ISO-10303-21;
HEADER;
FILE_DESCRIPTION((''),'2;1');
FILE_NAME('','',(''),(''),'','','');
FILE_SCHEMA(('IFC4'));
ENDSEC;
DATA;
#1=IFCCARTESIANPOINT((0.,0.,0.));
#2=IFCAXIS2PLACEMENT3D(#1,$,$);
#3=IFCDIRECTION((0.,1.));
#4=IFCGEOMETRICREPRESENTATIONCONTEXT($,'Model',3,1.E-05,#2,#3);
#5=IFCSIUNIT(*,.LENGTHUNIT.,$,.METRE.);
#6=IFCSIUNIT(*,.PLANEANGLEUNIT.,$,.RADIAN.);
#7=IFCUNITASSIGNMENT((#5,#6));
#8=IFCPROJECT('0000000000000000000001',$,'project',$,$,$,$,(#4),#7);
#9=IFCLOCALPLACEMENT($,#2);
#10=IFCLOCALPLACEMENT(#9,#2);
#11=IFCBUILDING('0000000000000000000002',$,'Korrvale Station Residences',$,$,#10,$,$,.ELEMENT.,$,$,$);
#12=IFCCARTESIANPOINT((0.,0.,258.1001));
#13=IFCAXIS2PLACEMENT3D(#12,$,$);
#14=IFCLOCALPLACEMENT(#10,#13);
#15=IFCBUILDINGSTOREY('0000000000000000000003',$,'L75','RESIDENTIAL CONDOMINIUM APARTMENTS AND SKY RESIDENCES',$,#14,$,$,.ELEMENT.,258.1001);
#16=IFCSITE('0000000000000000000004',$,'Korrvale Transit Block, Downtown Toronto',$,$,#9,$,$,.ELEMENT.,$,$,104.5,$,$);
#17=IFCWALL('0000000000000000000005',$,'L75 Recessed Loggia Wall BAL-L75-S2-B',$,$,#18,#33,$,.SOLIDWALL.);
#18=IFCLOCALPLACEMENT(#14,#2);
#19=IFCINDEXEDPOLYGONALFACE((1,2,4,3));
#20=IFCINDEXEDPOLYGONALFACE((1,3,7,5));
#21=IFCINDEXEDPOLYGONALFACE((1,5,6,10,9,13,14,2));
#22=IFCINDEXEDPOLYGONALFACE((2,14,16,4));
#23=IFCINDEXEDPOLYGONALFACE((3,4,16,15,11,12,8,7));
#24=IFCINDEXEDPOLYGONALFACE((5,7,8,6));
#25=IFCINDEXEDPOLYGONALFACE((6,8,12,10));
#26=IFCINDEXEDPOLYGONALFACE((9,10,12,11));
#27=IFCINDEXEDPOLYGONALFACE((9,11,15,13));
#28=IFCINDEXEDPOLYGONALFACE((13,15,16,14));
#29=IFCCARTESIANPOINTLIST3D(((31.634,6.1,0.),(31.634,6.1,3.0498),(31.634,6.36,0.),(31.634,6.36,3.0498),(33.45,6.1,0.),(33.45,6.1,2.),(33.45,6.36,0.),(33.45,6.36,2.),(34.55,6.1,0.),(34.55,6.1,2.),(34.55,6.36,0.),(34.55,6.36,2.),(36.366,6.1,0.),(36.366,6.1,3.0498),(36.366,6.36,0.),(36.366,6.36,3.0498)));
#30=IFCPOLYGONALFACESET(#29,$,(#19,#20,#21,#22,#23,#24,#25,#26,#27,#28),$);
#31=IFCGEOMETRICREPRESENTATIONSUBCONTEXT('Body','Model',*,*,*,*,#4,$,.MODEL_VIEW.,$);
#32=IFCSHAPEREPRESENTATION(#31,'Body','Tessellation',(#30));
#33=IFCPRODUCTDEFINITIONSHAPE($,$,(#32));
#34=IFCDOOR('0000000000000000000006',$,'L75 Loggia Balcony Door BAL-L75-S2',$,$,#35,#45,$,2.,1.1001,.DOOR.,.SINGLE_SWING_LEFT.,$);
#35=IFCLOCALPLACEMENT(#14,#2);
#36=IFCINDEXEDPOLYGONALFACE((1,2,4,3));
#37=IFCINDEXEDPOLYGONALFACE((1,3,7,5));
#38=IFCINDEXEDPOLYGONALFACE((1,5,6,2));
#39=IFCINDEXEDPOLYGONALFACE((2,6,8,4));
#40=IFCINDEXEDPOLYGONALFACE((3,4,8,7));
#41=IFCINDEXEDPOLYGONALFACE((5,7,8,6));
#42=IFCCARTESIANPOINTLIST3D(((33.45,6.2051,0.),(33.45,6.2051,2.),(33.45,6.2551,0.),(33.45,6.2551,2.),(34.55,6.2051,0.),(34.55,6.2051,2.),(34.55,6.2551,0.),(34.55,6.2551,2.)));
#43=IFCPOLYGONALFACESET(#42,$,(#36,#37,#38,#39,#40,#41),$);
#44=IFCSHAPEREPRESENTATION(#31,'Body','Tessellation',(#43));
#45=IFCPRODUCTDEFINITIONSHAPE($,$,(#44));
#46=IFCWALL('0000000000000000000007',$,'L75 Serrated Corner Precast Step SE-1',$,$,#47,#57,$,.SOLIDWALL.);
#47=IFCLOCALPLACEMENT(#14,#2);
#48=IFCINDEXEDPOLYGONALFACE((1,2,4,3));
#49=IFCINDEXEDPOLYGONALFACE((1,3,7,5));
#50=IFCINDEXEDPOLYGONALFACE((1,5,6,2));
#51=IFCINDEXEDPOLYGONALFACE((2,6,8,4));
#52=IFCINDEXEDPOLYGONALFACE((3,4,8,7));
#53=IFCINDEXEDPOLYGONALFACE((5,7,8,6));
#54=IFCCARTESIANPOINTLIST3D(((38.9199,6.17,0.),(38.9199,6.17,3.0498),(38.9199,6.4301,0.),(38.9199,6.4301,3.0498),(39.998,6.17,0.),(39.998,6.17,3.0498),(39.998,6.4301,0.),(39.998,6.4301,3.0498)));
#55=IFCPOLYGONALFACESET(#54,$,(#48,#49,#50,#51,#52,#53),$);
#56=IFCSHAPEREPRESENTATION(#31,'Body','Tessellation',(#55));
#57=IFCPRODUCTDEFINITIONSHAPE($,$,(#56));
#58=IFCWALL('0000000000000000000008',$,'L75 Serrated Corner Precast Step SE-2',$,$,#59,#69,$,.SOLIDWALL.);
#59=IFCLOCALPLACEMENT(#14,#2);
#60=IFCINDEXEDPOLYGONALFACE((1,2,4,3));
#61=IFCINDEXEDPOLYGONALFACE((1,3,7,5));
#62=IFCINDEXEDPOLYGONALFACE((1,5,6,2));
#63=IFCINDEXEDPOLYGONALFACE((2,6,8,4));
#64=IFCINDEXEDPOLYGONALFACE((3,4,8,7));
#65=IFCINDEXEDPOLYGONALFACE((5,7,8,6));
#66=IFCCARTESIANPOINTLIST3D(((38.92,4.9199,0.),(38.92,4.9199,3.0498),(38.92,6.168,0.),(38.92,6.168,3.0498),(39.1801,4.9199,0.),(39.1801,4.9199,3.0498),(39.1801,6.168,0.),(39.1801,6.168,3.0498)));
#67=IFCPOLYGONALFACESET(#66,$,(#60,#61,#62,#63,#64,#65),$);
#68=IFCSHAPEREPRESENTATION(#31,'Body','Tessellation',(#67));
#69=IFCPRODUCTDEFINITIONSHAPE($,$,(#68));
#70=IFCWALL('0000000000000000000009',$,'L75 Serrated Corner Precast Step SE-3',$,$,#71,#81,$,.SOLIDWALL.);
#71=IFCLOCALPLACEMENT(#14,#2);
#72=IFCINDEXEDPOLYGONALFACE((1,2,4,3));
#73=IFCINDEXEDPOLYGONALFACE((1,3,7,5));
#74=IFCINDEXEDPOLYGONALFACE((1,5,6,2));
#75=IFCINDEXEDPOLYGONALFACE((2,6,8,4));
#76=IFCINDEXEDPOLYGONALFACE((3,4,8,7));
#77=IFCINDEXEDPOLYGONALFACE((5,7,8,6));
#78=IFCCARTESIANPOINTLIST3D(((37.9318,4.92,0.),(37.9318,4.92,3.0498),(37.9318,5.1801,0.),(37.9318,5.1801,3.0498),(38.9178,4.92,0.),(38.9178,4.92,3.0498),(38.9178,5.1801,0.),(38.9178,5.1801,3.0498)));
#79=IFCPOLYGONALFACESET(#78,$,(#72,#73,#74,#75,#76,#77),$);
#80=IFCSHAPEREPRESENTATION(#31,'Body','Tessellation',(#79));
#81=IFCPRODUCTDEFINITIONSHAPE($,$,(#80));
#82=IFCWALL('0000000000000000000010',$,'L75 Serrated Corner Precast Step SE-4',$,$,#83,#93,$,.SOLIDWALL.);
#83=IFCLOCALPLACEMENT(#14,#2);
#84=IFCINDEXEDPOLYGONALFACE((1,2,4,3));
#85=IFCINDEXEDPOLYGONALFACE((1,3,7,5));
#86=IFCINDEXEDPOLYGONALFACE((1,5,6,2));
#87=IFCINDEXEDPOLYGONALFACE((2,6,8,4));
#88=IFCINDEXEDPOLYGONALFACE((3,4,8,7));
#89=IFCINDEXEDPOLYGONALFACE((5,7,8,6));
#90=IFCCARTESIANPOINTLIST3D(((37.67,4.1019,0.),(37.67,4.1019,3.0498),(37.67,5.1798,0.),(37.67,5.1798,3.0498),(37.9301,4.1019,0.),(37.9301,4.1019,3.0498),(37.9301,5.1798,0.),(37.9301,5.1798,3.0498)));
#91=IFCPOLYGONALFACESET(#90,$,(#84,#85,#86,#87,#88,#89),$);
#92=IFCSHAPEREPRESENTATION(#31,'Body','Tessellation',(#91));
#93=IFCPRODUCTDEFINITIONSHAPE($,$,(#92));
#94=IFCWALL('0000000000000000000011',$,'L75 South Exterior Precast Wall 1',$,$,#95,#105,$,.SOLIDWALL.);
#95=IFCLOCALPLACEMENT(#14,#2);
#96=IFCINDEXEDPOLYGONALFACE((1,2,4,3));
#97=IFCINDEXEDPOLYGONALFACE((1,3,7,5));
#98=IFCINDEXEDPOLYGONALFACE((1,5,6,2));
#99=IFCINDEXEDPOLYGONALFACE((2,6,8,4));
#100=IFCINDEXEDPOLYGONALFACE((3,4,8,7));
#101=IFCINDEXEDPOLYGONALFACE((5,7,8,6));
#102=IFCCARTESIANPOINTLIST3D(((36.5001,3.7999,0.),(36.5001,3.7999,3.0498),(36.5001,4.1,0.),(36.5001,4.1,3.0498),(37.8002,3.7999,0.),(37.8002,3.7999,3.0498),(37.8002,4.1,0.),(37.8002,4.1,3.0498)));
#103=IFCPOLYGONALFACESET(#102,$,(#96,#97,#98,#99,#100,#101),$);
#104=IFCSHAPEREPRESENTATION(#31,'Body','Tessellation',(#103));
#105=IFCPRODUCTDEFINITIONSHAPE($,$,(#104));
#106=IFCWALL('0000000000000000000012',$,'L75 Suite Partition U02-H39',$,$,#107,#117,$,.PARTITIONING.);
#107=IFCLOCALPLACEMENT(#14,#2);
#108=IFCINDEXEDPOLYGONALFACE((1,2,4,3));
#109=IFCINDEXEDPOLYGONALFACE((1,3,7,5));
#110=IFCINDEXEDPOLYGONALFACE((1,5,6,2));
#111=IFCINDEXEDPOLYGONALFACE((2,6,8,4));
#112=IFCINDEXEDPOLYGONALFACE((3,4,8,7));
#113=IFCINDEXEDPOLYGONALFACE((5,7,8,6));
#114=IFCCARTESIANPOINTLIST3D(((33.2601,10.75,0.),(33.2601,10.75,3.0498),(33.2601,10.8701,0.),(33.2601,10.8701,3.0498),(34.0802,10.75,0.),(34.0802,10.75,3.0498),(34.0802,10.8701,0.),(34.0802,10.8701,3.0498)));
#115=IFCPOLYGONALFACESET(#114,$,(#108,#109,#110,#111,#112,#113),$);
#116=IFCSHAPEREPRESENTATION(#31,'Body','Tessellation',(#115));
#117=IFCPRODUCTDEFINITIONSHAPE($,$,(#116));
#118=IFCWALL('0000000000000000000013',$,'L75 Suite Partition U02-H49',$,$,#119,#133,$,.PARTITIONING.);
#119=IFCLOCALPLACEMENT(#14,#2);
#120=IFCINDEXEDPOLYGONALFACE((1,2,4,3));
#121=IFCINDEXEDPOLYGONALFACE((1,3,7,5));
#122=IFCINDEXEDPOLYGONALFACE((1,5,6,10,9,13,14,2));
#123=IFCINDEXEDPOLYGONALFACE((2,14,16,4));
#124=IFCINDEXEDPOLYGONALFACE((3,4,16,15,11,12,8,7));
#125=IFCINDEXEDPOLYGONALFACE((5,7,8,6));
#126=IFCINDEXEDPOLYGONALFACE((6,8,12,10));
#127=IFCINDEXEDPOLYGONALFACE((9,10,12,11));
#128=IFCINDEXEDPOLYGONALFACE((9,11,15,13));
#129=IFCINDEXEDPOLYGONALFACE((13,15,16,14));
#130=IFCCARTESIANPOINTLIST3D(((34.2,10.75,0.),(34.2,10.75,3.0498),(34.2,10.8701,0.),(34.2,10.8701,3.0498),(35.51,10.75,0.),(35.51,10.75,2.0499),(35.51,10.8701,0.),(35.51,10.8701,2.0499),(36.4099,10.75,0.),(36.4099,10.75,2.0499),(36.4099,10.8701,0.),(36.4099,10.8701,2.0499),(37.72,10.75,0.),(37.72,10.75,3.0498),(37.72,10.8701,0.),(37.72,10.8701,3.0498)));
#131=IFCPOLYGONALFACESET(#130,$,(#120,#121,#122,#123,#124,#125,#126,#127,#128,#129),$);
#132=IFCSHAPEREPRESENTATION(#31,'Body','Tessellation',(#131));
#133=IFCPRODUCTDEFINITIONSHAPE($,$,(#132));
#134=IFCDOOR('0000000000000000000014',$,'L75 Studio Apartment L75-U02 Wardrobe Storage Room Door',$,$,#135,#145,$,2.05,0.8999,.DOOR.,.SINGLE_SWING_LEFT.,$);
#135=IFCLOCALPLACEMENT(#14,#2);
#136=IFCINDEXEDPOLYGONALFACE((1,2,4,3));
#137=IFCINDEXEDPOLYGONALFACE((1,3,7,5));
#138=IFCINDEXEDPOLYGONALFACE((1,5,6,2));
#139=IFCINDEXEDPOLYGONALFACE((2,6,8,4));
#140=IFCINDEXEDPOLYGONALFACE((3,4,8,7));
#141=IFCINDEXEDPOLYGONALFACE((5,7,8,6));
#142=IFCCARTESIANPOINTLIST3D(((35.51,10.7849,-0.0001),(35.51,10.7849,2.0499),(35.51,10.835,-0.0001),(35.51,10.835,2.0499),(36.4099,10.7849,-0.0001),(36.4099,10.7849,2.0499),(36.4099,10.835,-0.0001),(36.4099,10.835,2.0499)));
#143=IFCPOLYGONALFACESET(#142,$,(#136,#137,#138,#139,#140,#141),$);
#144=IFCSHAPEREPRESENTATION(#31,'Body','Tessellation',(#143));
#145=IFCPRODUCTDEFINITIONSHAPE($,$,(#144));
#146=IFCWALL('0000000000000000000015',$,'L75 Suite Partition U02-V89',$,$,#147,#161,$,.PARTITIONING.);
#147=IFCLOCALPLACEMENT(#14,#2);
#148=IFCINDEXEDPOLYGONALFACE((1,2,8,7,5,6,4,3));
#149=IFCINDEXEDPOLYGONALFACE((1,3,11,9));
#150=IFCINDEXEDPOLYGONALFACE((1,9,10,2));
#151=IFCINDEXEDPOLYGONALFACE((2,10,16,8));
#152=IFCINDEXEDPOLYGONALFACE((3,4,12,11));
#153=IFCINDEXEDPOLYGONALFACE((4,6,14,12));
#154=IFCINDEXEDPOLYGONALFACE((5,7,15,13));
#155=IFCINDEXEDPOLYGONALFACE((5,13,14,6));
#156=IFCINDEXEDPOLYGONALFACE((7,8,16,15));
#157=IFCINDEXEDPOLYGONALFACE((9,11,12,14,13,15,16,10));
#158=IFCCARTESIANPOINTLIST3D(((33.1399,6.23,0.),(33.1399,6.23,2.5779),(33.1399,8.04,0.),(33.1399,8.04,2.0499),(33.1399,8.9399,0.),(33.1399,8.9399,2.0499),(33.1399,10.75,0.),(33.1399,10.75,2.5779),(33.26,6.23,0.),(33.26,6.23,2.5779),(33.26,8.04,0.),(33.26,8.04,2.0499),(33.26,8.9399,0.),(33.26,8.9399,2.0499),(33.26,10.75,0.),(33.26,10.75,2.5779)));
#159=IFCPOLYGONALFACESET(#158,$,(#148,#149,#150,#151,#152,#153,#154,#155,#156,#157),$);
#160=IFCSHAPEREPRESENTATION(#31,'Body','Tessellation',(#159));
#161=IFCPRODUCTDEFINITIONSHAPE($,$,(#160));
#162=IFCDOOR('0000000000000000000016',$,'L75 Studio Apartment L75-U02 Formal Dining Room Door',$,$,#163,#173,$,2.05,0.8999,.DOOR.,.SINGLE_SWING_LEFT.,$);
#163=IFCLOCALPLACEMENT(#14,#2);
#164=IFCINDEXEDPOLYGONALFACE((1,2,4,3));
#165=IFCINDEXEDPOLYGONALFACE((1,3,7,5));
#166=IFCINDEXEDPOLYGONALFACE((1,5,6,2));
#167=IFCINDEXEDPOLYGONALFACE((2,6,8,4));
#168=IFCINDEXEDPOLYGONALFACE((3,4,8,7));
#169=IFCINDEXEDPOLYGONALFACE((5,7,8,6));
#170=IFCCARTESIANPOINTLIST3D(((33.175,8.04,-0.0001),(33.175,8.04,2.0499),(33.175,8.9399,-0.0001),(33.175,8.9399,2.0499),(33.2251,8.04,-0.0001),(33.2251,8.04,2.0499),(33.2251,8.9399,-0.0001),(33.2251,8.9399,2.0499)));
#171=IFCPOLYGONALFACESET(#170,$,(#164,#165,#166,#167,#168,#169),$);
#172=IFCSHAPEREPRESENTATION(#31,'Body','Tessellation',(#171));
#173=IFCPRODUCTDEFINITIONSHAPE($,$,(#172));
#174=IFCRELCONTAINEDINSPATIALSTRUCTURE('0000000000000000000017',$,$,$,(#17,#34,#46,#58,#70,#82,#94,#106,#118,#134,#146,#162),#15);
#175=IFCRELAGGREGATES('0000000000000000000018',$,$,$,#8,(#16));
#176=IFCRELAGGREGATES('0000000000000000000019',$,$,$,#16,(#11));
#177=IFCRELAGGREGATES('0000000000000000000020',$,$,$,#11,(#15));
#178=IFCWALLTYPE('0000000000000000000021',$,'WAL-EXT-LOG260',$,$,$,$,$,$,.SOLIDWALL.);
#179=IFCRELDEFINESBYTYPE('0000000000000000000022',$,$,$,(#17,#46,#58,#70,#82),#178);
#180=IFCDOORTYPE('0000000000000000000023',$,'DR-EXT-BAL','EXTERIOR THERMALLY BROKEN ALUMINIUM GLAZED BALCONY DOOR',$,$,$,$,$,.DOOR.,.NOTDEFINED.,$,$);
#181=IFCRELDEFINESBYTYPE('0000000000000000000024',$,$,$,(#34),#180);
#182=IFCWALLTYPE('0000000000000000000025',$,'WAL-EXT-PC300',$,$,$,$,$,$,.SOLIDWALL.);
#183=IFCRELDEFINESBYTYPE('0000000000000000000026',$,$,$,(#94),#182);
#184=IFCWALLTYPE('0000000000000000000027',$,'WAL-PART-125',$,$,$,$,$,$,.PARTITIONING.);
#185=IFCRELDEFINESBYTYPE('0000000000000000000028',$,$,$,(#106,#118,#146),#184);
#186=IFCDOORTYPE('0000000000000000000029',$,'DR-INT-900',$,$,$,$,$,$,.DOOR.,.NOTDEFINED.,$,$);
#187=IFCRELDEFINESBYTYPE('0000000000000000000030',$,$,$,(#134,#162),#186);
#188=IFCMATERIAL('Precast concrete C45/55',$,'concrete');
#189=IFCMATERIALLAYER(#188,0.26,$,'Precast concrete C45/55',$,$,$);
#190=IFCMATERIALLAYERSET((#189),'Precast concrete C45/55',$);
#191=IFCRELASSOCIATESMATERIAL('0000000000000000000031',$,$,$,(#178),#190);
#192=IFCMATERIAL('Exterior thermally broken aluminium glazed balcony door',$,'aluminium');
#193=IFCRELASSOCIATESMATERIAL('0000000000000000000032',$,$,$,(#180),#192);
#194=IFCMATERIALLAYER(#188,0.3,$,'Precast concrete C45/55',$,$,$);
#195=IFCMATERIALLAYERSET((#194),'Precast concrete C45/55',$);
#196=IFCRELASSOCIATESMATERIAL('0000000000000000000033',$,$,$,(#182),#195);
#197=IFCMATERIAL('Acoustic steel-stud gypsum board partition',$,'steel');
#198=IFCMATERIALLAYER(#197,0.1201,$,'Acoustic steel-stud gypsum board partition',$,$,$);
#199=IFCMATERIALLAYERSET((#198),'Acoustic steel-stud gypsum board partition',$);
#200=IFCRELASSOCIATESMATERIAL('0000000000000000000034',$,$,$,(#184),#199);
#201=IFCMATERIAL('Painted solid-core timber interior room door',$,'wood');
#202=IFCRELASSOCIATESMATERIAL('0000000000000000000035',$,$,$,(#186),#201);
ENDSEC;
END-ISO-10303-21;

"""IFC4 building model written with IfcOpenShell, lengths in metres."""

from ifc_helpers import new_model, si_unit, direction, frame, frame_2d, origin, place, context, subcontext, project, spatial, rectangle, extrude, material, layer, layer_set, type_object, element, fill, save


model = new_model("IFC4")

# Units and contexts
model_context = context("Model", 3, precision=1e-05, world=origin(), true_north=direction((0.0, 1.0)))
body_context = subcontext(model_context, "Body", "Model", "MODEL_VIEW")
ifc_project = project(units=[si_unit("LENGTHUNIT", "METRE"), si_unit("PLANEANGLEUNIT", "RADIAN")], contexts=[model_context])

# Site, building, storey
site_placement = place(None, origin())
site = spatial("IfcSite", under=ifc_project, at=site_placement, Name="Korrvale Transit Block, Downtown Toronto", CompositionType="ELEMENT", RefElevation=104.5)
building_placement = place(site_placement, origin())
building = spatial("IfcBuilding", under=site, at=building_placement, Name="Korrvale Station Residences", CompositionType="ELEMENT")
storey_placement = place(building_placement, frame((0.0, 0.0, 258.1001)))
storey = spatial("IfcBuildingStorey", under=building, at=storey_placement, Name="L75", Description="RESIDENTIAL CONDOMINIUM APARTMENTS AND SKY RESIDENCES", CompositionType="ELEMENT", Elevation=258.1001)

# Shared definitions
ifc_material_1 = material(Name="Precast concrete C45/55", Category="concrete")
ifc_layer_1 = layer(ifc_material_1, 0.26, Name="Precast concrete C45/55")
ifc_layer_set_1 = layer_set([ifc_layer_1], Name="Precast concrete C45/55")
wall_type_1 = type_object("IfcWallType", Name="WAL-EXT-LOG260", PredefinedType="SOLIDWALL", material=ifc_layer_set_1)

# Wall, opening, door
wall_1_placement = place(storey_placement, frame((36.366, 6.23, 0.0), z_axis=(0.0, 0.0, 1.0), x_axis=(-1.0, 0.0, 0.0)))
wall_1 = element("IfcWall", 1, at=wall_1_placement, inside=storey, type_object=wall_type_1, Name="L75 Recessed Loggia Wall BAL-L75-S2-B", PredefinedType="SOLIDWALL", context=body_context, shape_type="SweptSolid", body=[
    extrude(rectangle(XDim=4.7319, YDim=0.26, at=frame_2d((2.366, 0.0))), origin(), (0.0, 0.0, 1.0), 3.0498),
])
opening_1_placement = place(wall_1_placement, frame((1.8159, 0.0, 0.0)))
opening_1 = element("IfcOpeningElement", 2, at=opening_1_placement, cuts=wall_1, PredefinedType="OPENING", context=body_context, shape_type="SweptSolid", body=[
    extrude(rectangle(XDim=1.1001, YDim=2.0, at=frame_2d((0.55, 1.0))), frame((0.0, 0.1401, 0.0), z_axis=(0.0, -1.0, 0.0), x_axis=(1.0, 0.0, 0.0)), (0.0, 0.0, 1.0), 0.28),
])
ifc_material_2 = material(Name="Exterior thermally broken aluminium glazed balcony door", Category="aluminium")
door_type_1 = type_object("IfcDoorType", Name="DR-EXT-BAL", Description="EXTERIOR THERMALLY BROKEN ALUMINIUM GLAZED BALCONY DOOR", OperationType="NOTDEFINED", PredefinedType="DOOR", material=ifc_material_2)
door_1_placement = place(opening_1_placement, origin())
door_1 = element("IfcDoor", 3, at=door_1_placement, inside=storey, type_object=door_type_1, Name="L75 Loggia Balcony Door BAL-L75-S2", OperationType="SINGLE_SWING_LEFT", OverallHeight=2.0, OverallWidth=1.1001, PredefinedType="DOOR", context=body_context, shape_type="SweptSolid", body=[
    extrude(rectangle(XDim=1.1001, YDim=2.0, at=frame_2d((0.55, 1.0))), frame((0.0, 0.0249, 0.0), z_axis=(0.0, -1.0, 0.0), x_axis=(1.0, 0.0, 0.0)), (0.0, 0.0, 1.0), 0.05),
])
fill(opening_1, door_1)

# Walls
wall_2_placement = place(storey_placement, frame((39.998, 6.3, 0.0), z_axis=(0.0, 0.0, 1.0), x_axis=(-1.0, 0.0, 0.0)))
element("IfcWall", 4, at=wall_2_placement, inside=storey, type_object=wall_type_1, Name="L75 Serrated Corner Precast Step SE-1", PredefinedType="SOLIDWALL", context=body_context, shape_type="SweptSolid", body=[
    extrude(rectangle(XDim=1.0781, YDim=0.26, at=frame_2d((0.5391, 0.0))), origin(), (0.0, 0.0, 1.0), 3.0498),
])
wall_3_placement = place(storey_placement, frame((39.05, 6.168, 0.0), z_axis=(0.0, 0.0, 1.0), x_axis=(0.0, -1.0, 0.0)))
element("IfcWall", 5, at=wall_3_placement, inside=storey, type_object=wall_type_1, Name="L75 Serrated Corner Precast Step SE-2", PredefinedType="SOLIDWALL", context=body_context, shape_type="SweptSolid", body=[
    extrude(rectangle(XDim=1.248, YDim=0.26, at=frame_2d((0.624, 0.0))), origin(), (0.0, 0.0, 1.0), 3.0498),
])
wall_4_placement = place(storey_placement, frame((38.918, 5.05, 0.0), z_axis=(0.0, 0.0, 1.0), x_axis=(-1.0, 0.0, 0.0)))
element("IfcWall", 6, at=wall_4_placement, inside=storey, type_object=wall_type_1, Name="L75 Serrated Corner Precast Step SE-3", PredefinedType="SOLIDWALL", context=body_context, shape_type="SweptSolid", body=[
    extrude(rectangle(XDim=0.9861, YDim=0.26, at=frame_2d((0.4932, 0.0))), origin(), (0.0, 0.0, 1.0), 3.0498),
])
wall_5_placement = place(storey_placement, frame((37.8, 5.1799, 0.0), z_axis=(0.0, 0.0, 1.0), x_axis=(0.0, -1.0, 0.0)))
element("IfcWall", 7, at=wall_5_placement, inside=storey, type_object=wall_type_1, Name="L75 Serrated Corner Precast Step SE-4", PredefinedType="SOLIDWALL", context=body_context, shape_type="SweptSolid", body=[
    extrude(rectangle(XDim=1.0779, YDim=0.26, at=frame_2d((0.5391, 0.0))), origin(), (0.0, 0.0, 1.0), 3.0498),
])
ifc_layer_2 = layer(ifc_material_1, 0.3, Name="Precast concrete C45/55")
ifc_layer_set_2 = layer_set([ifc_layer_2], Name="Precast concrete C45/55")
wall_type_2 = type_object("IfcWallType", Name="WAL-EXT-PC300", PredefinedType="SOLIDWALL", material=ifc_layer_set_2)
wall_6_placement = place(storey_placement, frame((37.8, 3.95, 0.0), z_axis=(0.0, 0.0, 1.0), x_axis=(-1.0, 0.0, 0.0)))
element("IfcWall", 8, at=wall_6_placement, inside=storey, type_object=wall_type_2, Name="L75 South Exterior Precast Wall 1", PredefinedType="SOLIDWALL", context=body_context, shape_type="SweptSolid", body=[
    extrude(rectangle(XDim=1.3, YDim=0.3, at=frame_2d((0.6499, 0.0))), origin(), (0.0, 0.0, 1.0), 3.0498),
])
ifc_material_3 = material(Name="Acoustic steel-stud gypsum board partition", Category="steel")
ifc_layer_3 = layer(ifc_material_3, 0.1201, Name="Acoustic steel-stud gypsum board partition")
ifc_layer_set_3 = layer_set([ifc_layer_3], Name="Acoustic steel-stud gypsum board partition")
wall_type_3 = type_object("IfcWallType", Name="WAL-PART-125", PredefinedType="PARTITIONING", material=ifc_layer_set_3)
wall_7_placement = place(storey_placement, frame((33.26, 10.8101, 0.0), z_axis=(0.0, 0.0, 1.0), x_axis=(1.0, 0.0, 0.0)))
element("IfcWall", 9, at=wall_7_placement, inside=storey, type_object=wall_type_3, Name="L75 Suite Partition U02-H39", PredefinedType="PARTITIONING", context=body_context, shape_type="SweptSolid", body=[
    extrude(rectangle(XDim=0.8201, YDim=0.1201, at=frame_2d((0.4102, 0.0))), origin(), (0.0, 0.0, 1.0), 3.0498),
])

# Walls, openings, doors
wall_8_placement = place(storey_placement, frame((34.2, 10.8101, 0.0), z_axis=(0.0, 0.0, 1.0), x_axis=(1.0, 0.0, 0.0)))
wall_8 = element("IfcWall", 10, at=wall_8_placement, inside=storey, type_object=wall_type_3, Name="L75 Suite Partition U02-H49", PredefinedType="PARTITIONING", context=body_context, shape_type="SweptSolid", body=[
    extrude(rectangle(XDim=3.52, YDim=0.1201, at=frame_2d((1.76, 0.0))), origin(), (0.0, 0.0, 1.0), 3.0498),
])
opening_2_placement = place(wall_8_placement, frame((1.3101, 0.0, 0.0)))
opening_2 = element("IfcOpeningElement", 11, at=opening_2_placement, cuts=wall_8, PredefinedType="OPENING", context=body_context, shape_type="SweptSolid", body=[
    extrude(rectangle(XDim=0.8999, YDim=2.05, at=frame_2d((0.45, 1.0249))), frame((0.0, 0.0701, 0.0), z_axis=(0.0, -1.0, 0.0), x_axis=(1.0, 0.0, 0.0)), (0.0, 0.0, 1.0), 0.1401),
])
ifc_material_4 = material(Name="Painted solid-core timber interior room door", Category="wood")
door_type_2 = type_object("IfcDoorType", Name="DR-INT-900", OperationType="NOTDEFINED", PredefinedType="DOOR", material=ifc_material_4)
door_2_placement = place(opening_2_placement, origin())
door_2 = element("IfcDoor", 12, at=door_2_placement, inside=storey, type_object=door_type_2, Name="L75 Studio Apartment L75-U02 Wardrobe Storage Room Door", OperationType="SINGLE_SWING_LEFT", OverallHeight=2.05, OverallWidth=0.8999, PredefinedType="DOOR", context=body_context, shape_type="SweptSolid", body=[
    extrude(rectangle(XDim=0.8999, YDim=2.05, at=frame_2d((0.45, 1.0249))), frame((0.0, 0.0249, 0.0), z_axis=(0.0, -1.0, 0.0), x_axis=(1.0, 0.0, 0.0)), (0.0, 0.0, 1.0), 0.05),
])
fill(opening_2, door_2)
wall_9_placement = place(storey_placement, frame((33.2, 6.23, 0.0), z_axis=(0.0, 0.0, 1.0), x_axis=(0.0, 1.0, 0.0)))
wall_9 = element("IfcWall", 13, at=wall_9_placement, inside=storey, type_object=wall_type_3, Name="L75 Suite Partition U02-V89", PredefinedType="PARTITIONING", context=body_context, shape_type="SweptSolid", body=[
    extrude(rectangle(XDim=4.52, YDim=0.1201, at=frame_2d((2.26, 0.0))), origin(), (0.0, 0.0, 1.0), 2.5779),
])
opening_3_placement = place(wall_9_placement, frame((1.8101, 0.0, 0.0)))
opening_3 = element("IfcOpeningElement", 14, at=opening_3_placement, cuts=wall_9, PredefinedType="OPENING", context=body_context, shape_type="SweptSolid", body=[
    extrude(rectangle(XDim=0.8999, YDim=2.05, at=frame_2d((0.45, 1.0249))), frame((0.0, 0.0701, 0.0), z_axis=(0.0, -1.0, 0.0), x_axis=(1.0, 0.0, 0.0)), (0.0, 0.0, 1.0), 0.1401),
])
door_3_placement = place(opening_3_placement, origin())
door_3 = element("IfcDoor", 15, at=door_3_placement, inside=storey, type_object=door_type_2, Name="L75 Studio Apartment L75-U02 Formal Dining Room Door", OperationType="SINGLE_SWING_LEFT", OverallHeight=2.05, OverallWidth=0.8999, PredefinedType="DOOR", context=body_context, shape_type="SweptSolid", body=[
    extrude(rectangle(XDim=0.8999, YDim=2.05, at=frame_2d((0.45, 1.0249))), frame((0.0, 0.0249, 0.0), z_axis=(0.0, -1.0, 0.0), x_axis=(1.0, 0.0, 0.0)), (0.0, 0.0, 1.0), 0.05),
])
fill(opening_3, door_3)

save(model, "model.ifc")
